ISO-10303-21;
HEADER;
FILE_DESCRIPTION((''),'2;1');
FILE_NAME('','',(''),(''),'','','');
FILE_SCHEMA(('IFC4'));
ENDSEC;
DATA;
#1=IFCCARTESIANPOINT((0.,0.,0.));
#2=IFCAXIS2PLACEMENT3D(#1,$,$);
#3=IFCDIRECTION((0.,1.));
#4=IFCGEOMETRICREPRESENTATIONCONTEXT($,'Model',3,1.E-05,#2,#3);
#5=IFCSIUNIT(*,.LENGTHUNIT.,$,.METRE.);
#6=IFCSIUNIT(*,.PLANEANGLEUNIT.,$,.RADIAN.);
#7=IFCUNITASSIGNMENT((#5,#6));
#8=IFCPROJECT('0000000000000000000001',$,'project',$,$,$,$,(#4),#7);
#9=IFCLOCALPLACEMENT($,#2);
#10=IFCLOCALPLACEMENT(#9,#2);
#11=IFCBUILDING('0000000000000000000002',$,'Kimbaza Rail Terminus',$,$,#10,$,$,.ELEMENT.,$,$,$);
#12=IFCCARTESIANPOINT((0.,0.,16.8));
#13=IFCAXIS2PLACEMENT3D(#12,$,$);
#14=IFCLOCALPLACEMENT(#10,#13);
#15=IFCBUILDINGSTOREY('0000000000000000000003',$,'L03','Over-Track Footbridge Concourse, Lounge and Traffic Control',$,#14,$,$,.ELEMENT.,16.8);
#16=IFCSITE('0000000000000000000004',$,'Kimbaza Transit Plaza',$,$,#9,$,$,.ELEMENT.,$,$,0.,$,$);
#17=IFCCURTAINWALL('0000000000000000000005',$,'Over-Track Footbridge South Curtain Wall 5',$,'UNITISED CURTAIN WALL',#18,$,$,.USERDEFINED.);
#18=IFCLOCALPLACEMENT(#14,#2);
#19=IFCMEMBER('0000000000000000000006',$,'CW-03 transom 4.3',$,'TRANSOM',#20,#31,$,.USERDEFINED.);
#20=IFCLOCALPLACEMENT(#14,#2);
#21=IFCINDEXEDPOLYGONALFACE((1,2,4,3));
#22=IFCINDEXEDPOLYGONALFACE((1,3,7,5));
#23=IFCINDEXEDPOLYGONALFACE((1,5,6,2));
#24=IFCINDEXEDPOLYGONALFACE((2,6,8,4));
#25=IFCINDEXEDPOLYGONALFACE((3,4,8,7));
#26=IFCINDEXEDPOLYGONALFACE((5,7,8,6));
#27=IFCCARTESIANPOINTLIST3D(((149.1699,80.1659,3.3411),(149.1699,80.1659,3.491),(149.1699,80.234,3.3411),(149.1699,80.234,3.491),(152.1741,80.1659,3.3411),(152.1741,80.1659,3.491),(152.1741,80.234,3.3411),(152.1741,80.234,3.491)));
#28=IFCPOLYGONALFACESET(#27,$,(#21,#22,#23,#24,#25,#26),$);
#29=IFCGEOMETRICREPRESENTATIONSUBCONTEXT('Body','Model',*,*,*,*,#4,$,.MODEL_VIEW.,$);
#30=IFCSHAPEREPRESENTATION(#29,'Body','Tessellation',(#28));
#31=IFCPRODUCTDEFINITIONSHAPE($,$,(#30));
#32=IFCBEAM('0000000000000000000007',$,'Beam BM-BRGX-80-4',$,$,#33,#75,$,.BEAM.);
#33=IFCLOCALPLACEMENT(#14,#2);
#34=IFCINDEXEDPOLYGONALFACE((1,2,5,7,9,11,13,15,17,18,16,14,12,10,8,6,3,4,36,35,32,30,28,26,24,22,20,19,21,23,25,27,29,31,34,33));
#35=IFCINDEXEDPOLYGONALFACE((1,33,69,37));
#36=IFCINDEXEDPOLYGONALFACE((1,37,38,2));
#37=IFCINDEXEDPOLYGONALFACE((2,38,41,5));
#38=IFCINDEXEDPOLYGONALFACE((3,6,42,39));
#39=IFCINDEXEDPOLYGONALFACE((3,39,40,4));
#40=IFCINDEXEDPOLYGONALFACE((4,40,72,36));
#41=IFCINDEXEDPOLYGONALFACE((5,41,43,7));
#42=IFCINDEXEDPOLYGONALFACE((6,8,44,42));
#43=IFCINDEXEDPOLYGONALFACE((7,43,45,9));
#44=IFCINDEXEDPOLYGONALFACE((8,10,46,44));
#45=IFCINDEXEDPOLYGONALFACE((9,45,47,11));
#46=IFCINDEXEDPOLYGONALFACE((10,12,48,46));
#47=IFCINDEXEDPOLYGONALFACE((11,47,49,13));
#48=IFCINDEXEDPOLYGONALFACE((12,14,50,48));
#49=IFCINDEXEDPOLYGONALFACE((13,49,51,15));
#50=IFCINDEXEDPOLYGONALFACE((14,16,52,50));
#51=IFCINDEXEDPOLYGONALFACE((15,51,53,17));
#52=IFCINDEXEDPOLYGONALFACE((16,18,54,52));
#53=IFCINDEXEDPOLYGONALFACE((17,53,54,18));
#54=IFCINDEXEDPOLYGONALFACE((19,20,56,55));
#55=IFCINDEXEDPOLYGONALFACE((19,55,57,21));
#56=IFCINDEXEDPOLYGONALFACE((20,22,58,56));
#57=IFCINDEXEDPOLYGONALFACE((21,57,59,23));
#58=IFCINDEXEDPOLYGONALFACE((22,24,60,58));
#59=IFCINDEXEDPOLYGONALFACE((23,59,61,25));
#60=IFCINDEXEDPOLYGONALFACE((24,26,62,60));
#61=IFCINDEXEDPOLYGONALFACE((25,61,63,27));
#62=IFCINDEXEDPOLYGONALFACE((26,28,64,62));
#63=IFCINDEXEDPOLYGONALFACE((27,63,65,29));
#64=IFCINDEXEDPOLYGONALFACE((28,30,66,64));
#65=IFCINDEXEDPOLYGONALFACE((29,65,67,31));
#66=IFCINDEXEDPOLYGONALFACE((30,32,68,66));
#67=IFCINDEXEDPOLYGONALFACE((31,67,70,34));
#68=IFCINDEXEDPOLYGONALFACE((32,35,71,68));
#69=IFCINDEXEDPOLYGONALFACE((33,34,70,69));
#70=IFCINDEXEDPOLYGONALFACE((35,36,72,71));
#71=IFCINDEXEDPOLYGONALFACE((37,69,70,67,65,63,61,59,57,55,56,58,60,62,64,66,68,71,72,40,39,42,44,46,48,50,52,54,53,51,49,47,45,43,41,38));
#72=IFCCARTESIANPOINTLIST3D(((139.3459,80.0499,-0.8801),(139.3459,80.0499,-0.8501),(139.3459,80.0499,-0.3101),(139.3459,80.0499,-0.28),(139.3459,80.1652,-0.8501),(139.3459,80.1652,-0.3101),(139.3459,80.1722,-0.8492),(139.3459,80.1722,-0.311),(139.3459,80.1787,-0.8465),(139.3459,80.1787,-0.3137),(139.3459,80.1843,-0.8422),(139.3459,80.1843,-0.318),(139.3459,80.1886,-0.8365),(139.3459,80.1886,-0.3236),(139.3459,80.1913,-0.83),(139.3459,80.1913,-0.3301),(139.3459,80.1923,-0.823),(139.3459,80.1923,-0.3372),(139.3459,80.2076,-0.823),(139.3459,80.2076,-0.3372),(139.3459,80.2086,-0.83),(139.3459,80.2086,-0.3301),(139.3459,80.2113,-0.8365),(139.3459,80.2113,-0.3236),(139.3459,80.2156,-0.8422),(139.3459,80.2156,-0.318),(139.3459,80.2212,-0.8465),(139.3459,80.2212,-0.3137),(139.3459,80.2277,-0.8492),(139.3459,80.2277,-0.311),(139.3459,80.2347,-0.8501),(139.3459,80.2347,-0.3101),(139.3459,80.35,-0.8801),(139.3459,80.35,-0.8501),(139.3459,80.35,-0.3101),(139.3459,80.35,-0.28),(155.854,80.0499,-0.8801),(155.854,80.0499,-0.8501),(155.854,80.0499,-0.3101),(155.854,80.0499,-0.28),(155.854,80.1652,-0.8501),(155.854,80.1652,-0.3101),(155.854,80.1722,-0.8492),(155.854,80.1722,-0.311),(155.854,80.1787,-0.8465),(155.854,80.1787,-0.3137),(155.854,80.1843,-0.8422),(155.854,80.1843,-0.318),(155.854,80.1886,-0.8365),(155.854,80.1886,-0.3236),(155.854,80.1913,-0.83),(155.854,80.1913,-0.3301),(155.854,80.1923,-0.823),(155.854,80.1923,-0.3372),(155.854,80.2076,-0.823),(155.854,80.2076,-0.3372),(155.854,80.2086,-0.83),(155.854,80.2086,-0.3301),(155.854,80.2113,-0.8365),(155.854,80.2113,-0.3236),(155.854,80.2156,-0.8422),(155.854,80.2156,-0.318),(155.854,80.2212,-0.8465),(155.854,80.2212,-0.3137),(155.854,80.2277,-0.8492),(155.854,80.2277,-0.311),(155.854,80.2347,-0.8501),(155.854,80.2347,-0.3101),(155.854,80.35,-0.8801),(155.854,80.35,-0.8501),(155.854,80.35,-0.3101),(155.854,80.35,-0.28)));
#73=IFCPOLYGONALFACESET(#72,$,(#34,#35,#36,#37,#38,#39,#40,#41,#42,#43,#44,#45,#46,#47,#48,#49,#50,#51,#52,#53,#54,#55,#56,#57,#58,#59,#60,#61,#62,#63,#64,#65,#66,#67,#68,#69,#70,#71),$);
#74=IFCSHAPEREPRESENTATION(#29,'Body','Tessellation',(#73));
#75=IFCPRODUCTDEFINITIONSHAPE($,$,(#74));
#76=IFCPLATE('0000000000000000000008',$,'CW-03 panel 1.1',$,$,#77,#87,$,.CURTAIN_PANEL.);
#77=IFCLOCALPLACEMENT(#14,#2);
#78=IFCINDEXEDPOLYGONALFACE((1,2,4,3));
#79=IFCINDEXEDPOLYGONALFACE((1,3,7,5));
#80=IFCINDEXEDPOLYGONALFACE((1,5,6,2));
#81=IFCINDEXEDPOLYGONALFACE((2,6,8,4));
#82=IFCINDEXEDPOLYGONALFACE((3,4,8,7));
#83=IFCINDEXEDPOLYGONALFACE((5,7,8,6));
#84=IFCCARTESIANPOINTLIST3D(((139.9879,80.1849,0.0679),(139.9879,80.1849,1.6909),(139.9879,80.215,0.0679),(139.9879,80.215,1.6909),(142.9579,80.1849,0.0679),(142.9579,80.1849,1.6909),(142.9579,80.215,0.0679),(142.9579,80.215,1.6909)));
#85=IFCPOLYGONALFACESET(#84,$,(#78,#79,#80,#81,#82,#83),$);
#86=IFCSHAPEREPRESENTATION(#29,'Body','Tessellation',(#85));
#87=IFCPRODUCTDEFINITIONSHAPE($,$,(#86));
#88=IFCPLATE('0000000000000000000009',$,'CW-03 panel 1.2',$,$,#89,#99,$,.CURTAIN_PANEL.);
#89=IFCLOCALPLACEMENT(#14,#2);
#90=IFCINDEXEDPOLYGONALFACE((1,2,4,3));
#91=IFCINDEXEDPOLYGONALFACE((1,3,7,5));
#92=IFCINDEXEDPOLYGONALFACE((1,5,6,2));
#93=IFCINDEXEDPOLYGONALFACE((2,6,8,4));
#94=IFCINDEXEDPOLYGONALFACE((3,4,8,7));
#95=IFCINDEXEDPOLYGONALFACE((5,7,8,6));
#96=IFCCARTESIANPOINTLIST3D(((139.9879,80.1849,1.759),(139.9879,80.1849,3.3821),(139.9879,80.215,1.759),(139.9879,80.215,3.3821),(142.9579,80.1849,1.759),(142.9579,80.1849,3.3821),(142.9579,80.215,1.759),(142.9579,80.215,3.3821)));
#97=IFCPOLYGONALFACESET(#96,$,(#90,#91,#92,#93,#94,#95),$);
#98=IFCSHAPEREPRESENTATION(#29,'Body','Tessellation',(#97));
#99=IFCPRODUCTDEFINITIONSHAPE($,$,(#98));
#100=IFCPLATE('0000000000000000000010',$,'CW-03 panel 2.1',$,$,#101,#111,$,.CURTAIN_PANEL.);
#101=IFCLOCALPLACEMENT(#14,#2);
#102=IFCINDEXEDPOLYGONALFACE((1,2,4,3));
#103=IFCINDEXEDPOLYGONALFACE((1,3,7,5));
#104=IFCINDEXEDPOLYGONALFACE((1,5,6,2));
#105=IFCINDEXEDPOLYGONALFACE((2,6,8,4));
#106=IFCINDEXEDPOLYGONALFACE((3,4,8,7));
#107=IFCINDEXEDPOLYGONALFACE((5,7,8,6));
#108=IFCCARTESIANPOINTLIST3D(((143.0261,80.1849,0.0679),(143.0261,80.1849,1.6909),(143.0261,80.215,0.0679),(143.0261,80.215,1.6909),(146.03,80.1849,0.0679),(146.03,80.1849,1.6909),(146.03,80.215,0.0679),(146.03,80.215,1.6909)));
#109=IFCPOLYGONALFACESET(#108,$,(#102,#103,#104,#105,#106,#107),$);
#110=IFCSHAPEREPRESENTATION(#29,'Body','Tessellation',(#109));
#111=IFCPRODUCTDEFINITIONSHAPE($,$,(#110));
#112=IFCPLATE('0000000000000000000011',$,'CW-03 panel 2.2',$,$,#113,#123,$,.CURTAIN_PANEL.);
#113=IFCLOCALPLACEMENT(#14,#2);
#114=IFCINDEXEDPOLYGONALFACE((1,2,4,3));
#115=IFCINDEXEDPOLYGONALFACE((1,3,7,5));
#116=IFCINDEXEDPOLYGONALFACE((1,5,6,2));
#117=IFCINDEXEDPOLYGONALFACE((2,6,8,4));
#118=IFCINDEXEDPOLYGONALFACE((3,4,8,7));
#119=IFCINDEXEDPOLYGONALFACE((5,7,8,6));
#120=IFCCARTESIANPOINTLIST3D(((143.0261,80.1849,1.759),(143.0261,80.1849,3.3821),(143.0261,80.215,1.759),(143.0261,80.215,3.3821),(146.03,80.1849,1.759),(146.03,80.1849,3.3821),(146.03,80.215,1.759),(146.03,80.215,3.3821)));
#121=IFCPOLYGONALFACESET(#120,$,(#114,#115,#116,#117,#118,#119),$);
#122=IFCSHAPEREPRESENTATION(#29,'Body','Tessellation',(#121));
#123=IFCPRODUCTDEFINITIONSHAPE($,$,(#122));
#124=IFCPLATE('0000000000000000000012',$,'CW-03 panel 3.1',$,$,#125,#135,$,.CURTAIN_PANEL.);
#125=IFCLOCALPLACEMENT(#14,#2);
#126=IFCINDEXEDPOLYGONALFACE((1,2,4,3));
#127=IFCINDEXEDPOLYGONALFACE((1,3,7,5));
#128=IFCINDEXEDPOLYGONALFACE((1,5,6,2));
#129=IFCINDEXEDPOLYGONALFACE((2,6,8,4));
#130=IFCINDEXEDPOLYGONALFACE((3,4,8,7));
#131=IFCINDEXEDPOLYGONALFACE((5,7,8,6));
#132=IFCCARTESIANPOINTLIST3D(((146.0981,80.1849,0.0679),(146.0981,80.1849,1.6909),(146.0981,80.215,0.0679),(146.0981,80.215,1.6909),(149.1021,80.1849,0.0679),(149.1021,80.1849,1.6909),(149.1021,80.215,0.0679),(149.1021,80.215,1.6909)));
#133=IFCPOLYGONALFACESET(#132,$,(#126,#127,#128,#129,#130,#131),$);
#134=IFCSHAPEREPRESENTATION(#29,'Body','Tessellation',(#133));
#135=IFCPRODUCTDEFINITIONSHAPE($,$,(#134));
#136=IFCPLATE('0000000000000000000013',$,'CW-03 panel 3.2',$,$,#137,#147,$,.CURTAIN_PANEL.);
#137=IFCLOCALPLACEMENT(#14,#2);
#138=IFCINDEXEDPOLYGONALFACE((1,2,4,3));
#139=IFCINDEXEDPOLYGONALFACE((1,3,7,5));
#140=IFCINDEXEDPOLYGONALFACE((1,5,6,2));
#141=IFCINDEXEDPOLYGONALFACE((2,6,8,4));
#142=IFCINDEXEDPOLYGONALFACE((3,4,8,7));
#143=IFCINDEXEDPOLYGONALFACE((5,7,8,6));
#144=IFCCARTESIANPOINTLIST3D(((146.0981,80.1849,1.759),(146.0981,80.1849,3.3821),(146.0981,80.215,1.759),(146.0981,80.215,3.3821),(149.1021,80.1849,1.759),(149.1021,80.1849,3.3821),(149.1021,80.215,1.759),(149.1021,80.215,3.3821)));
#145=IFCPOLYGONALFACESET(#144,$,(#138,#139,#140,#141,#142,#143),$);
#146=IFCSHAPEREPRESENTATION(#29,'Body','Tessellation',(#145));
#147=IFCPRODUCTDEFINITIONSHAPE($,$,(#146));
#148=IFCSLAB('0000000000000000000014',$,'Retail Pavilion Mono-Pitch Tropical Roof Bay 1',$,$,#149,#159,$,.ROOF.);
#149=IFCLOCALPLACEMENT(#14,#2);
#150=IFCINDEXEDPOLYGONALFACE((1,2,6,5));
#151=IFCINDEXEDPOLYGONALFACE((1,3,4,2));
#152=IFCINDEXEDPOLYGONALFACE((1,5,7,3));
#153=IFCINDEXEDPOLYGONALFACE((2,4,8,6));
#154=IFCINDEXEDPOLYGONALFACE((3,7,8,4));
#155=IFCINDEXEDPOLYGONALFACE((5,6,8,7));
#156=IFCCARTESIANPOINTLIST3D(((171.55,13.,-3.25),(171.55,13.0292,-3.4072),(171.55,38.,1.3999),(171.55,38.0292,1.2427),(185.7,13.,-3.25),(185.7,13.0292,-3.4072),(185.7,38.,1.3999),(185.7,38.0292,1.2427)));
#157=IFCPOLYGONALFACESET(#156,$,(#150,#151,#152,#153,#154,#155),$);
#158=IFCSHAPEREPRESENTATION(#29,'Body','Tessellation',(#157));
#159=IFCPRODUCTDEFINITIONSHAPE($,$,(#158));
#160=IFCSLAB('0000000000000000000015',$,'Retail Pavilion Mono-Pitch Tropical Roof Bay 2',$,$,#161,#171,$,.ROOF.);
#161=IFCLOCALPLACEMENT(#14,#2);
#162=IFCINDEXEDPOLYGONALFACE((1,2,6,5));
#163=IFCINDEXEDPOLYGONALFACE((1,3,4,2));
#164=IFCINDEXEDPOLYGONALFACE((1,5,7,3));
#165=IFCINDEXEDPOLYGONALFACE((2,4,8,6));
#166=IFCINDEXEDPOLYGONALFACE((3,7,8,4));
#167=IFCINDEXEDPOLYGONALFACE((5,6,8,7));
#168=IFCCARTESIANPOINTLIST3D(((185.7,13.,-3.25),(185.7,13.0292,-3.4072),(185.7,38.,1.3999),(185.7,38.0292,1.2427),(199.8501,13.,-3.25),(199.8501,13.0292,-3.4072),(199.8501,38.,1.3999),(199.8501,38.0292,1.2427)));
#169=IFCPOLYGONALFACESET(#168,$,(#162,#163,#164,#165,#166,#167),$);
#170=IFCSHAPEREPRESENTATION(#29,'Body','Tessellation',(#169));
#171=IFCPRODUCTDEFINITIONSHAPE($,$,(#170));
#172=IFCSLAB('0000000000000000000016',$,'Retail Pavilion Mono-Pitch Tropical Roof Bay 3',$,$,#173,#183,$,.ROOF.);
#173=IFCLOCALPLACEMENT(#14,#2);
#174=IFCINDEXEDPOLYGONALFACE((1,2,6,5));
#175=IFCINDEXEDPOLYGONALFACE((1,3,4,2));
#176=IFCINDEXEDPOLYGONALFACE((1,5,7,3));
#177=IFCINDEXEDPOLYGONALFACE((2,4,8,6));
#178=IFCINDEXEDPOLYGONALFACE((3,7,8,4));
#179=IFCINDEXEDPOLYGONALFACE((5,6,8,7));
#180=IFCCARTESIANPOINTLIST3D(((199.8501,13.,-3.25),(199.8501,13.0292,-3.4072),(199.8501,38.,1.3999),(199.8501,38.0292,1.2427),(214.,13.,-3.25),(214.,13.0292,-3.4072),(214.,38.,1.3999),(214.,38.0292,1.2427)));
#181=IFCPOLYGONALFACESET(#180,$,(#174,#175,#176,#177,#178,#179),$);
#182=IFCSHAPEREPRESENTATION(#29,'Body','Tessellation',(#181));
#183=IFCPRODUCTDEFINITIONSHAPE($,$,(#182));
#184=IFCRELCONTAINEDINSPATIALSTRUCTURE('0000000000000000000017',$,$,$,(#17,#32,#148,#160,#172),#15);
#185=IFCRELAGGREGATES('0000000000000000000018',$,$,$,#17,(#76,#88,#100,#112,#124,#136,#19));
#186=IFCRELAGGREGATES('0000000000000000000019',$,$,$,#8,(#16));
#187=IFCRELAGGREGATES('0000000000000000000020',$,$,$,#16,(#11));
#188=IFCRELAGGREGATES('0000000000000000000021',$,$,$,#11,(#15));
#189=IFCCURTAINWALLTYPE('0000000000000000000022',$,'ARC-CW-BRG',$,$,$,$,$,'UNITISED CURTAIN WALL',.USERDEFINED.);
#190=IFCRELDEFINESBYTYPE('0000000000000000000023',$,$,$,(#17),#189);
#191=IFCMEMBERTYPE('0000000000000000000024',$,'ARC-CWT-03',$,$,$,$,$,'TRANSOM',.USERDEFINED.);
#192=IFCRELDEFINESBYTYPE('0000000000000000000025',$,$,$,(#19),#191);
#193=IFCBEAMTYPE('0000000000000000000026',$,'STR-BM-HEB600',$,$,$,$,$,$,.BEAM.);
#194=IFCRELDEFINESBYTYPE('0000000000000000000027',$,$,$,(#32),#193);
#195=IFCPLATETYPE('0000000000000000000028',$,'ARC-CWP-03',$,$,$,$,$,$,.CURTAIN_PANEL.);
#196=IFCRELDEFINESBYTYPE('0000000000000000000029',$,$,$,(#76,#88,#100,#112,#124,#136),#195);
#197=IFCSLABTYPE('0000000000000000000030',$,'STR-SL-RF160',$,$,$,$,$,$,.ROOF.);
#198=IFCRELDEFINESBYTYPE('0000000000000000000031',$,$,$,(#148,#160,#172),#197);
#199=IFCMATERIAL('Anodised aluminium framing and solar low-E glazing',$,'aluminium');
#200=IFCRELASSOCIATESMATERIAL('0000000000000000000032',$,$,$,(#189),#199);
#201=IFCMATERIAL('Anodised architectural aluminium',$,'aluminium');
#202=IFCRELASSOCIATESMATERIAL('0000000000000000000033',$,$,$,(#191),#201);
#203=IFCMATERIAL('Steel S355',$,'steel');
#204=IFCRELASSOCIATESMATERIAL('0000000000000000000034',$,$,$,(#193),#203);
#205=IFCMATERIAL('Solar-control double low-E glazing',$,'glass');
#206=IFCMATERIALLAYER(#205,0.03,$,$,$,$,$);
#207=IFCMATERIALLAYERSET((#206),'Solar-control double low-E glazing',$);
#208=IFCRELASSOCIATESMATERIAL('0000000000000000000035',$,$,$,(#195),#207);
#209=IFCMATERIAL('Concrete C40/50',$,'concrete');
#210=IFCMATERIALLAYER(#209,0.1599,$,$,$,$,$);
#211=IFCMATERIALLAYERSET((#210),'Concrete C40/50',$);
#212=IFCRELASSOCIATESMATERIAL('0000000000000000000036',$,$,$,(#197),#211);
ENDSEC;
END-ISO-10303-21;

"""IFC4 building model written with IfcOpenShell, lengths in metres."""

from ifc_helpers import new_model, si_unit, direction, frame, origin, origin_2d, place, context, subcontext, project, spatial, polyline, rectangle, i_section, outline, extrude, material, layer, layer_set, material_profile, profile_set, type_object, element, aggregate, save


model = new_model("IFC4")

# Units and contexts
model_context = context("Model", 3, precision=1e-05, world=origin(), true_north=direction((0.0, 1.0)))
body_context = subcontext(model_context, "Body", "Model", "MODEL_VIEW")
ifc_project = project(units=[si_unit("LENGTHUNIT", "METRE"), si_unit("PLANEANGLEUNIT", "RADIAN")], contexts=[model_context])

# Site, building, storey
site_placement = place(None, origin())
site = spatial("IfcSite", under=ifc_project, at=site_placement, Name="Kimbaza Transit Plaza", CompositionType="ELEMENT", RefElevation=0.0)
building_placement = place(site_placement, origin())
building = spatial("IfcBuilding", under=site, at=building_placement, Name="Kimbaza Rail Terminus", CompositionType="ELEMENT")
storey_placement = place(building_placement, frame((0.0, 0.0, 16.8)))
storey = spatial("IfcBuildingStorey", under=building, at=storey_placement, Name="L03", Description="Over-Track Footbridge Concourse, Lounge and Traffic Control", CompositionType="ELEMENT", Elevation=16.8)

# Curtain wall, member
ifc_material_1 = material(Name="Anodised aluminium framing and solar low-E glazing", Category="aluminium")
curtain_wall_type = type_object("IfcCurtainWallType", Name="ARC-CW-BRG", ElementType="UNITISED CURTAIN WALL", PredefinedType="USERDEFINED", material=ifc_material_1)
curtain_wall_placement = place(storey_placement, origin())
curtain_wall = element("IfcCurtainWall", 1, at=curtain_wall_placement, inside=storey, type_object=curtain_wall_type, Name="Over-Track Footbridge South Curtain Wall 5", ObjectType="UNITISED CURTAIN WALL", PredefinedType="USERDEFINED")
ifc_material_2 = material(Name="Anodised architectural aluminium", Category="aluminium")
ifc_material_profile_1 = material_profile(ifc_material_2, rectangle(XDim=0.0681, YDim=0.1499, at=origin_2d()), Name="TRANSOM 68x150")
ifc_profile_set_1 = profile_set([ifc_material_profile_1], Name="Anodised architectural aluminium")
member_type_1 = type_object("IfcMemberType", Name="ARC-CWT-03", ElementType="TRANSOM", PredefinedType="USERDEFINED", material=ifc_profile_set_1)
member_1_placement = place(storey_placement, frame((149.1699, 80.2, 3.416), z_axis=(1.0, 0.0, 0.0), x_axis=(0.0, 1.0, 0.0)))
member_1 = element("IfcMember", 2, at=member_1_placement, type_object=member_type_1, Name="CW-03 transom 4.3", ObjectType="TRANSOM", PredefinedType="USERDEFINED", context=body_context, shape_type="SweptSolid", body=[
    extrude(rectangle(XDim=0.0681, YDim=0.1499, at=origin_2d()), origin(), (0.0, 0.0, 1.0), 3.0042),
])

# Beam
ifc_material_3 = material(Name="Steel S355", Category="steel")
ifc_material_profile_2 = material_profile(ifc_material_3, i_section(OverallWidth=0.3, OverallDepth=0.6001, WebThickness=0.0154, FlangeThickness=0.03, FilletRadius=0.0271, at=origin_2d()), Name="HEB 600")
ifc_profile_set_2 = profile_set([ifc_material_profile_2], Name="Steel S355")
beam_type = type_object("IfcBeamType", Name="STR-BM-HEB600", PredefinedType="BEAM", material=ifc_profile_set_2)
beam_placement = place(storey_placement, frame((139.3459, 80.2, -0.5801), z_axis=(1.0, 0.0, 0.0), x_axis=(0.0, 1.0, 0.0)))
element("IfcBeam", 3, at=beam_placement, inside=storey, type_object=beam_type, Name="Beam BM-BRGX-80-4", PredefinedType="BEAM", context=body_context, shape_type="SweptSolid", body=[
    extrude(i_section(OverallWidth=0.3, OverallDepth=0.6001, WebThickness=0.0154, FlangeThickness=0.03, FilletRadius=0.0271, at=origin_2d()), origin(), (0.0, 0.0, 1.0), 16.5081),
])

# Plates
ifc_material_4 = material(Name="Solar-control double low-E glazing", Category="glass")
ifc_layer_1 = layer(ifc_material_4, 0.03)
ifc_layer_set_1 = layer_set([ifc_layer_1], Name="Solar-control double low-E glazing")
plate_type = type_object("IfcPlateType", Name="ARC-CWP-03", PredefinedType="CURTAIN_PANEL", material=ifc_layer_set_1)
plate_1_placement = place(storey_placement, frame((141.4729, 80.2, 0.0679), z_axis=(0.0, 0.0, 1.0), x_axis=(1.0, 0.0, 0.0)))
plate_1 = element("IfcPlate", 4, at=plate_1_placement, type_object=plate_type, Name="CW-03 panel 1.1", PredefinedType="CURTAIN_PANEL", context=body_context, shape_type="SweptSolid", body=[
    extrude(rectangle(XDim=2.97, YDim=0.03, at=origin_2d()), origin(), (0.0, 0.0, 1.0), 1.623),
])
plate_2_placement = place(storey_placement, frame((141.4729, 80.2, 1.759), z_axis=(0.0, 0.0, 1.0), x_axis=(1.0, 0.0, 0.0)))
plate_2 = element("IfcPlate", 5, at=plate_2_placement, type_object=plate_type, Name="CW-03 panel 1.2", PredefinedType="CURTAIN_PANEL", context=body_context, shape_type="SweptSolid", body=[
    extrude(rectangle(XDim=2.97, YDim=0.03, at=origin_2d()), origin(), (0.0, 0.0, 1.0), 1.623),
])
plate_3_placement = place(storey_placement, frame((144.5281, 80.2, 0.0679), z_axis=(0.0, 0.0, 1.0), x_axis=(1.0, 0.0, 0.0)))
plate_3 = element("IfcPlate", 6, at=plate_3_placement, type_object=plate_type, Name="CW-03 panel 2.1", PredefinedType="CURTAIN_PANEL", context=body_context, shape_type="SweptSolid", body=[
    extrude(rectangle(XDim=3.0039, YDim=0.03, at=origin_2d()), origin(), (0.0, 0.0, 1.0), 1.623),
])
plate_4_placement = place(storey_placement, frame((144.5281, 80.2, 1.759), z_axis=(0.0, 0.0, 1.0), x_axis=(1.0, 0.0, 0.0)))
plate_4 = element("IfcPlate", 7, at=plate_4_placement, type_object=plate_type, Name="CW-03 panel 2.2", PredefinedType="CURTAIN_PANEL", context=body_context, shape_type="SweptSolid", body=[
    extrude(rectangle(XDim=3.0039, YDim=0.03, at=origin_2d()), origin(), (0.0, 0.0, 1.0), 1.623),
])
plate_5_placement = place(storey_placement, frame((147.6001, 80.2, 0.0679), z_axis=(0.0, 0.0, 1.0), x_axis=(1.0, 0.0, 0.0)))
plate_5 = element("IfcPlate", 8, at=plate_5_placement, type_object=plate_type, Name="CW-03 panel 3.1", PredefinedType="CURTAIN_PANEL", context=body_context, shape_type="SweptSolid", body=[
    extrude(rectangle(XDim=3.0039, YDim=0.03, at=origin_2d()), origin(), (0.0, 0.0, 1.0), 1.623),
])
plate_6_placement = place(storey_placement, frame((147.6001, 80.2, 1.759), z_axis=(0.0, 0.0, 1.0), x_axis=(1.0, 0.0, 0.0)))
plate_6 = element("IfcPlate", 9, at=plate_6_placement, type_object=plate_type, Name="CW-03 panel 3.2", PredefinedType="CURTAIN_PANEL", context=body_context, shape_type="SweptSolid", body=[
    extrude(rectangle(XDim=3.0039, YDim=0.03, at=origin_2d()), origin(), (0.0, 0.0, 1.0), 1.623),
])
aggregate(curtain_wall, [plate_1, plate_2, plate_3, plate_4, plate_5, plate_6, member_1])

# Slabs
ifc_material_5 = material(Name="Concrete C40/50", Category="concrete")
ifc_layer_2 = layer(ifc_material_5, 0.1599)
ifc_layer_set_2 = layer_set([ifc_layer_2], Name="Concrete C40/50")
slab_type = type_object("IfcSlabType", Name="STR-SL-RF160", PredefinedType="ROOF", material=ifc_layer_set_2)
slab_1_placement = place(storey_placement, frame((171.55, 13.0, -3.25), z_axis=(0.0, -0.18286, 0.983139), x_axis=(1.0, 0.0, 0.0)))
element("IfcSlab", 10, at=slab_1_placement, inside=storey, type_object=slab_type, Name="Retail Pavilion Mono-Pitch Tropical Roof Bay 1", PredefinedType="ROOF", context=body_context, shape_type="SweptSolid", body=[
    extrude(outline(polyline([(0.0, 0.0), (14.1499, 0.0), (14.1499, 25.4288), (0.0, 25.4288), (0.0, 0.0)])), origin(), (0.0, 0.0, -1.0), 0.1599),
])
slab_2_placement = place(storey_placement, frame((185.7, 13.0, -3.25), z_axis=(0.0, -0.18286, 0.983139), x_axis=(1.0, 0.0, 0.0)))
element("IfcSlab", 11, at=slab_2_placement, inside=storey, type_object=slab_type, Name="Retail Pavilion Mono-Pitch Tropical Roof Bay 2", PredefinedType="ROOF", context=body_context, shape_type="SweptSolid", body=[
    extrude(outline(polyline([(0.0, 0.0), (14.1501, 0.0), (14.1501, 25.4288), (0.0, 25.4288), (0.0, 0.0)])), origin(), (0.0, 0.0, -1.0), 0.1599),
])
slab_3_placement = place(storey_placement, frame((199.8501, 13.0, -3.25), z_axis=(0.0, -0.18286, 0.983139), x_axis=(1.0, 0.0, 0.0)))
element("IfcSlab", 12, at=slab_3_placement, inside=storey, type_object=slab_type, Name="Retail Pavilion Mono-Pitch Tropical Roof Bay 3", PredefinedType="ROOF", context=body_context, shape_type="SweptSolid", body=[
    extrude(outline(polyline([(0.0, 0.0), (14.1499, 0.0), (14.1499, 25.4288), (0.0, 25.4288), (0.0, 0.0)])), origin(), (0.0, 0.0, -1.0), 0.1599),
])

save(model, "model.ifc")
